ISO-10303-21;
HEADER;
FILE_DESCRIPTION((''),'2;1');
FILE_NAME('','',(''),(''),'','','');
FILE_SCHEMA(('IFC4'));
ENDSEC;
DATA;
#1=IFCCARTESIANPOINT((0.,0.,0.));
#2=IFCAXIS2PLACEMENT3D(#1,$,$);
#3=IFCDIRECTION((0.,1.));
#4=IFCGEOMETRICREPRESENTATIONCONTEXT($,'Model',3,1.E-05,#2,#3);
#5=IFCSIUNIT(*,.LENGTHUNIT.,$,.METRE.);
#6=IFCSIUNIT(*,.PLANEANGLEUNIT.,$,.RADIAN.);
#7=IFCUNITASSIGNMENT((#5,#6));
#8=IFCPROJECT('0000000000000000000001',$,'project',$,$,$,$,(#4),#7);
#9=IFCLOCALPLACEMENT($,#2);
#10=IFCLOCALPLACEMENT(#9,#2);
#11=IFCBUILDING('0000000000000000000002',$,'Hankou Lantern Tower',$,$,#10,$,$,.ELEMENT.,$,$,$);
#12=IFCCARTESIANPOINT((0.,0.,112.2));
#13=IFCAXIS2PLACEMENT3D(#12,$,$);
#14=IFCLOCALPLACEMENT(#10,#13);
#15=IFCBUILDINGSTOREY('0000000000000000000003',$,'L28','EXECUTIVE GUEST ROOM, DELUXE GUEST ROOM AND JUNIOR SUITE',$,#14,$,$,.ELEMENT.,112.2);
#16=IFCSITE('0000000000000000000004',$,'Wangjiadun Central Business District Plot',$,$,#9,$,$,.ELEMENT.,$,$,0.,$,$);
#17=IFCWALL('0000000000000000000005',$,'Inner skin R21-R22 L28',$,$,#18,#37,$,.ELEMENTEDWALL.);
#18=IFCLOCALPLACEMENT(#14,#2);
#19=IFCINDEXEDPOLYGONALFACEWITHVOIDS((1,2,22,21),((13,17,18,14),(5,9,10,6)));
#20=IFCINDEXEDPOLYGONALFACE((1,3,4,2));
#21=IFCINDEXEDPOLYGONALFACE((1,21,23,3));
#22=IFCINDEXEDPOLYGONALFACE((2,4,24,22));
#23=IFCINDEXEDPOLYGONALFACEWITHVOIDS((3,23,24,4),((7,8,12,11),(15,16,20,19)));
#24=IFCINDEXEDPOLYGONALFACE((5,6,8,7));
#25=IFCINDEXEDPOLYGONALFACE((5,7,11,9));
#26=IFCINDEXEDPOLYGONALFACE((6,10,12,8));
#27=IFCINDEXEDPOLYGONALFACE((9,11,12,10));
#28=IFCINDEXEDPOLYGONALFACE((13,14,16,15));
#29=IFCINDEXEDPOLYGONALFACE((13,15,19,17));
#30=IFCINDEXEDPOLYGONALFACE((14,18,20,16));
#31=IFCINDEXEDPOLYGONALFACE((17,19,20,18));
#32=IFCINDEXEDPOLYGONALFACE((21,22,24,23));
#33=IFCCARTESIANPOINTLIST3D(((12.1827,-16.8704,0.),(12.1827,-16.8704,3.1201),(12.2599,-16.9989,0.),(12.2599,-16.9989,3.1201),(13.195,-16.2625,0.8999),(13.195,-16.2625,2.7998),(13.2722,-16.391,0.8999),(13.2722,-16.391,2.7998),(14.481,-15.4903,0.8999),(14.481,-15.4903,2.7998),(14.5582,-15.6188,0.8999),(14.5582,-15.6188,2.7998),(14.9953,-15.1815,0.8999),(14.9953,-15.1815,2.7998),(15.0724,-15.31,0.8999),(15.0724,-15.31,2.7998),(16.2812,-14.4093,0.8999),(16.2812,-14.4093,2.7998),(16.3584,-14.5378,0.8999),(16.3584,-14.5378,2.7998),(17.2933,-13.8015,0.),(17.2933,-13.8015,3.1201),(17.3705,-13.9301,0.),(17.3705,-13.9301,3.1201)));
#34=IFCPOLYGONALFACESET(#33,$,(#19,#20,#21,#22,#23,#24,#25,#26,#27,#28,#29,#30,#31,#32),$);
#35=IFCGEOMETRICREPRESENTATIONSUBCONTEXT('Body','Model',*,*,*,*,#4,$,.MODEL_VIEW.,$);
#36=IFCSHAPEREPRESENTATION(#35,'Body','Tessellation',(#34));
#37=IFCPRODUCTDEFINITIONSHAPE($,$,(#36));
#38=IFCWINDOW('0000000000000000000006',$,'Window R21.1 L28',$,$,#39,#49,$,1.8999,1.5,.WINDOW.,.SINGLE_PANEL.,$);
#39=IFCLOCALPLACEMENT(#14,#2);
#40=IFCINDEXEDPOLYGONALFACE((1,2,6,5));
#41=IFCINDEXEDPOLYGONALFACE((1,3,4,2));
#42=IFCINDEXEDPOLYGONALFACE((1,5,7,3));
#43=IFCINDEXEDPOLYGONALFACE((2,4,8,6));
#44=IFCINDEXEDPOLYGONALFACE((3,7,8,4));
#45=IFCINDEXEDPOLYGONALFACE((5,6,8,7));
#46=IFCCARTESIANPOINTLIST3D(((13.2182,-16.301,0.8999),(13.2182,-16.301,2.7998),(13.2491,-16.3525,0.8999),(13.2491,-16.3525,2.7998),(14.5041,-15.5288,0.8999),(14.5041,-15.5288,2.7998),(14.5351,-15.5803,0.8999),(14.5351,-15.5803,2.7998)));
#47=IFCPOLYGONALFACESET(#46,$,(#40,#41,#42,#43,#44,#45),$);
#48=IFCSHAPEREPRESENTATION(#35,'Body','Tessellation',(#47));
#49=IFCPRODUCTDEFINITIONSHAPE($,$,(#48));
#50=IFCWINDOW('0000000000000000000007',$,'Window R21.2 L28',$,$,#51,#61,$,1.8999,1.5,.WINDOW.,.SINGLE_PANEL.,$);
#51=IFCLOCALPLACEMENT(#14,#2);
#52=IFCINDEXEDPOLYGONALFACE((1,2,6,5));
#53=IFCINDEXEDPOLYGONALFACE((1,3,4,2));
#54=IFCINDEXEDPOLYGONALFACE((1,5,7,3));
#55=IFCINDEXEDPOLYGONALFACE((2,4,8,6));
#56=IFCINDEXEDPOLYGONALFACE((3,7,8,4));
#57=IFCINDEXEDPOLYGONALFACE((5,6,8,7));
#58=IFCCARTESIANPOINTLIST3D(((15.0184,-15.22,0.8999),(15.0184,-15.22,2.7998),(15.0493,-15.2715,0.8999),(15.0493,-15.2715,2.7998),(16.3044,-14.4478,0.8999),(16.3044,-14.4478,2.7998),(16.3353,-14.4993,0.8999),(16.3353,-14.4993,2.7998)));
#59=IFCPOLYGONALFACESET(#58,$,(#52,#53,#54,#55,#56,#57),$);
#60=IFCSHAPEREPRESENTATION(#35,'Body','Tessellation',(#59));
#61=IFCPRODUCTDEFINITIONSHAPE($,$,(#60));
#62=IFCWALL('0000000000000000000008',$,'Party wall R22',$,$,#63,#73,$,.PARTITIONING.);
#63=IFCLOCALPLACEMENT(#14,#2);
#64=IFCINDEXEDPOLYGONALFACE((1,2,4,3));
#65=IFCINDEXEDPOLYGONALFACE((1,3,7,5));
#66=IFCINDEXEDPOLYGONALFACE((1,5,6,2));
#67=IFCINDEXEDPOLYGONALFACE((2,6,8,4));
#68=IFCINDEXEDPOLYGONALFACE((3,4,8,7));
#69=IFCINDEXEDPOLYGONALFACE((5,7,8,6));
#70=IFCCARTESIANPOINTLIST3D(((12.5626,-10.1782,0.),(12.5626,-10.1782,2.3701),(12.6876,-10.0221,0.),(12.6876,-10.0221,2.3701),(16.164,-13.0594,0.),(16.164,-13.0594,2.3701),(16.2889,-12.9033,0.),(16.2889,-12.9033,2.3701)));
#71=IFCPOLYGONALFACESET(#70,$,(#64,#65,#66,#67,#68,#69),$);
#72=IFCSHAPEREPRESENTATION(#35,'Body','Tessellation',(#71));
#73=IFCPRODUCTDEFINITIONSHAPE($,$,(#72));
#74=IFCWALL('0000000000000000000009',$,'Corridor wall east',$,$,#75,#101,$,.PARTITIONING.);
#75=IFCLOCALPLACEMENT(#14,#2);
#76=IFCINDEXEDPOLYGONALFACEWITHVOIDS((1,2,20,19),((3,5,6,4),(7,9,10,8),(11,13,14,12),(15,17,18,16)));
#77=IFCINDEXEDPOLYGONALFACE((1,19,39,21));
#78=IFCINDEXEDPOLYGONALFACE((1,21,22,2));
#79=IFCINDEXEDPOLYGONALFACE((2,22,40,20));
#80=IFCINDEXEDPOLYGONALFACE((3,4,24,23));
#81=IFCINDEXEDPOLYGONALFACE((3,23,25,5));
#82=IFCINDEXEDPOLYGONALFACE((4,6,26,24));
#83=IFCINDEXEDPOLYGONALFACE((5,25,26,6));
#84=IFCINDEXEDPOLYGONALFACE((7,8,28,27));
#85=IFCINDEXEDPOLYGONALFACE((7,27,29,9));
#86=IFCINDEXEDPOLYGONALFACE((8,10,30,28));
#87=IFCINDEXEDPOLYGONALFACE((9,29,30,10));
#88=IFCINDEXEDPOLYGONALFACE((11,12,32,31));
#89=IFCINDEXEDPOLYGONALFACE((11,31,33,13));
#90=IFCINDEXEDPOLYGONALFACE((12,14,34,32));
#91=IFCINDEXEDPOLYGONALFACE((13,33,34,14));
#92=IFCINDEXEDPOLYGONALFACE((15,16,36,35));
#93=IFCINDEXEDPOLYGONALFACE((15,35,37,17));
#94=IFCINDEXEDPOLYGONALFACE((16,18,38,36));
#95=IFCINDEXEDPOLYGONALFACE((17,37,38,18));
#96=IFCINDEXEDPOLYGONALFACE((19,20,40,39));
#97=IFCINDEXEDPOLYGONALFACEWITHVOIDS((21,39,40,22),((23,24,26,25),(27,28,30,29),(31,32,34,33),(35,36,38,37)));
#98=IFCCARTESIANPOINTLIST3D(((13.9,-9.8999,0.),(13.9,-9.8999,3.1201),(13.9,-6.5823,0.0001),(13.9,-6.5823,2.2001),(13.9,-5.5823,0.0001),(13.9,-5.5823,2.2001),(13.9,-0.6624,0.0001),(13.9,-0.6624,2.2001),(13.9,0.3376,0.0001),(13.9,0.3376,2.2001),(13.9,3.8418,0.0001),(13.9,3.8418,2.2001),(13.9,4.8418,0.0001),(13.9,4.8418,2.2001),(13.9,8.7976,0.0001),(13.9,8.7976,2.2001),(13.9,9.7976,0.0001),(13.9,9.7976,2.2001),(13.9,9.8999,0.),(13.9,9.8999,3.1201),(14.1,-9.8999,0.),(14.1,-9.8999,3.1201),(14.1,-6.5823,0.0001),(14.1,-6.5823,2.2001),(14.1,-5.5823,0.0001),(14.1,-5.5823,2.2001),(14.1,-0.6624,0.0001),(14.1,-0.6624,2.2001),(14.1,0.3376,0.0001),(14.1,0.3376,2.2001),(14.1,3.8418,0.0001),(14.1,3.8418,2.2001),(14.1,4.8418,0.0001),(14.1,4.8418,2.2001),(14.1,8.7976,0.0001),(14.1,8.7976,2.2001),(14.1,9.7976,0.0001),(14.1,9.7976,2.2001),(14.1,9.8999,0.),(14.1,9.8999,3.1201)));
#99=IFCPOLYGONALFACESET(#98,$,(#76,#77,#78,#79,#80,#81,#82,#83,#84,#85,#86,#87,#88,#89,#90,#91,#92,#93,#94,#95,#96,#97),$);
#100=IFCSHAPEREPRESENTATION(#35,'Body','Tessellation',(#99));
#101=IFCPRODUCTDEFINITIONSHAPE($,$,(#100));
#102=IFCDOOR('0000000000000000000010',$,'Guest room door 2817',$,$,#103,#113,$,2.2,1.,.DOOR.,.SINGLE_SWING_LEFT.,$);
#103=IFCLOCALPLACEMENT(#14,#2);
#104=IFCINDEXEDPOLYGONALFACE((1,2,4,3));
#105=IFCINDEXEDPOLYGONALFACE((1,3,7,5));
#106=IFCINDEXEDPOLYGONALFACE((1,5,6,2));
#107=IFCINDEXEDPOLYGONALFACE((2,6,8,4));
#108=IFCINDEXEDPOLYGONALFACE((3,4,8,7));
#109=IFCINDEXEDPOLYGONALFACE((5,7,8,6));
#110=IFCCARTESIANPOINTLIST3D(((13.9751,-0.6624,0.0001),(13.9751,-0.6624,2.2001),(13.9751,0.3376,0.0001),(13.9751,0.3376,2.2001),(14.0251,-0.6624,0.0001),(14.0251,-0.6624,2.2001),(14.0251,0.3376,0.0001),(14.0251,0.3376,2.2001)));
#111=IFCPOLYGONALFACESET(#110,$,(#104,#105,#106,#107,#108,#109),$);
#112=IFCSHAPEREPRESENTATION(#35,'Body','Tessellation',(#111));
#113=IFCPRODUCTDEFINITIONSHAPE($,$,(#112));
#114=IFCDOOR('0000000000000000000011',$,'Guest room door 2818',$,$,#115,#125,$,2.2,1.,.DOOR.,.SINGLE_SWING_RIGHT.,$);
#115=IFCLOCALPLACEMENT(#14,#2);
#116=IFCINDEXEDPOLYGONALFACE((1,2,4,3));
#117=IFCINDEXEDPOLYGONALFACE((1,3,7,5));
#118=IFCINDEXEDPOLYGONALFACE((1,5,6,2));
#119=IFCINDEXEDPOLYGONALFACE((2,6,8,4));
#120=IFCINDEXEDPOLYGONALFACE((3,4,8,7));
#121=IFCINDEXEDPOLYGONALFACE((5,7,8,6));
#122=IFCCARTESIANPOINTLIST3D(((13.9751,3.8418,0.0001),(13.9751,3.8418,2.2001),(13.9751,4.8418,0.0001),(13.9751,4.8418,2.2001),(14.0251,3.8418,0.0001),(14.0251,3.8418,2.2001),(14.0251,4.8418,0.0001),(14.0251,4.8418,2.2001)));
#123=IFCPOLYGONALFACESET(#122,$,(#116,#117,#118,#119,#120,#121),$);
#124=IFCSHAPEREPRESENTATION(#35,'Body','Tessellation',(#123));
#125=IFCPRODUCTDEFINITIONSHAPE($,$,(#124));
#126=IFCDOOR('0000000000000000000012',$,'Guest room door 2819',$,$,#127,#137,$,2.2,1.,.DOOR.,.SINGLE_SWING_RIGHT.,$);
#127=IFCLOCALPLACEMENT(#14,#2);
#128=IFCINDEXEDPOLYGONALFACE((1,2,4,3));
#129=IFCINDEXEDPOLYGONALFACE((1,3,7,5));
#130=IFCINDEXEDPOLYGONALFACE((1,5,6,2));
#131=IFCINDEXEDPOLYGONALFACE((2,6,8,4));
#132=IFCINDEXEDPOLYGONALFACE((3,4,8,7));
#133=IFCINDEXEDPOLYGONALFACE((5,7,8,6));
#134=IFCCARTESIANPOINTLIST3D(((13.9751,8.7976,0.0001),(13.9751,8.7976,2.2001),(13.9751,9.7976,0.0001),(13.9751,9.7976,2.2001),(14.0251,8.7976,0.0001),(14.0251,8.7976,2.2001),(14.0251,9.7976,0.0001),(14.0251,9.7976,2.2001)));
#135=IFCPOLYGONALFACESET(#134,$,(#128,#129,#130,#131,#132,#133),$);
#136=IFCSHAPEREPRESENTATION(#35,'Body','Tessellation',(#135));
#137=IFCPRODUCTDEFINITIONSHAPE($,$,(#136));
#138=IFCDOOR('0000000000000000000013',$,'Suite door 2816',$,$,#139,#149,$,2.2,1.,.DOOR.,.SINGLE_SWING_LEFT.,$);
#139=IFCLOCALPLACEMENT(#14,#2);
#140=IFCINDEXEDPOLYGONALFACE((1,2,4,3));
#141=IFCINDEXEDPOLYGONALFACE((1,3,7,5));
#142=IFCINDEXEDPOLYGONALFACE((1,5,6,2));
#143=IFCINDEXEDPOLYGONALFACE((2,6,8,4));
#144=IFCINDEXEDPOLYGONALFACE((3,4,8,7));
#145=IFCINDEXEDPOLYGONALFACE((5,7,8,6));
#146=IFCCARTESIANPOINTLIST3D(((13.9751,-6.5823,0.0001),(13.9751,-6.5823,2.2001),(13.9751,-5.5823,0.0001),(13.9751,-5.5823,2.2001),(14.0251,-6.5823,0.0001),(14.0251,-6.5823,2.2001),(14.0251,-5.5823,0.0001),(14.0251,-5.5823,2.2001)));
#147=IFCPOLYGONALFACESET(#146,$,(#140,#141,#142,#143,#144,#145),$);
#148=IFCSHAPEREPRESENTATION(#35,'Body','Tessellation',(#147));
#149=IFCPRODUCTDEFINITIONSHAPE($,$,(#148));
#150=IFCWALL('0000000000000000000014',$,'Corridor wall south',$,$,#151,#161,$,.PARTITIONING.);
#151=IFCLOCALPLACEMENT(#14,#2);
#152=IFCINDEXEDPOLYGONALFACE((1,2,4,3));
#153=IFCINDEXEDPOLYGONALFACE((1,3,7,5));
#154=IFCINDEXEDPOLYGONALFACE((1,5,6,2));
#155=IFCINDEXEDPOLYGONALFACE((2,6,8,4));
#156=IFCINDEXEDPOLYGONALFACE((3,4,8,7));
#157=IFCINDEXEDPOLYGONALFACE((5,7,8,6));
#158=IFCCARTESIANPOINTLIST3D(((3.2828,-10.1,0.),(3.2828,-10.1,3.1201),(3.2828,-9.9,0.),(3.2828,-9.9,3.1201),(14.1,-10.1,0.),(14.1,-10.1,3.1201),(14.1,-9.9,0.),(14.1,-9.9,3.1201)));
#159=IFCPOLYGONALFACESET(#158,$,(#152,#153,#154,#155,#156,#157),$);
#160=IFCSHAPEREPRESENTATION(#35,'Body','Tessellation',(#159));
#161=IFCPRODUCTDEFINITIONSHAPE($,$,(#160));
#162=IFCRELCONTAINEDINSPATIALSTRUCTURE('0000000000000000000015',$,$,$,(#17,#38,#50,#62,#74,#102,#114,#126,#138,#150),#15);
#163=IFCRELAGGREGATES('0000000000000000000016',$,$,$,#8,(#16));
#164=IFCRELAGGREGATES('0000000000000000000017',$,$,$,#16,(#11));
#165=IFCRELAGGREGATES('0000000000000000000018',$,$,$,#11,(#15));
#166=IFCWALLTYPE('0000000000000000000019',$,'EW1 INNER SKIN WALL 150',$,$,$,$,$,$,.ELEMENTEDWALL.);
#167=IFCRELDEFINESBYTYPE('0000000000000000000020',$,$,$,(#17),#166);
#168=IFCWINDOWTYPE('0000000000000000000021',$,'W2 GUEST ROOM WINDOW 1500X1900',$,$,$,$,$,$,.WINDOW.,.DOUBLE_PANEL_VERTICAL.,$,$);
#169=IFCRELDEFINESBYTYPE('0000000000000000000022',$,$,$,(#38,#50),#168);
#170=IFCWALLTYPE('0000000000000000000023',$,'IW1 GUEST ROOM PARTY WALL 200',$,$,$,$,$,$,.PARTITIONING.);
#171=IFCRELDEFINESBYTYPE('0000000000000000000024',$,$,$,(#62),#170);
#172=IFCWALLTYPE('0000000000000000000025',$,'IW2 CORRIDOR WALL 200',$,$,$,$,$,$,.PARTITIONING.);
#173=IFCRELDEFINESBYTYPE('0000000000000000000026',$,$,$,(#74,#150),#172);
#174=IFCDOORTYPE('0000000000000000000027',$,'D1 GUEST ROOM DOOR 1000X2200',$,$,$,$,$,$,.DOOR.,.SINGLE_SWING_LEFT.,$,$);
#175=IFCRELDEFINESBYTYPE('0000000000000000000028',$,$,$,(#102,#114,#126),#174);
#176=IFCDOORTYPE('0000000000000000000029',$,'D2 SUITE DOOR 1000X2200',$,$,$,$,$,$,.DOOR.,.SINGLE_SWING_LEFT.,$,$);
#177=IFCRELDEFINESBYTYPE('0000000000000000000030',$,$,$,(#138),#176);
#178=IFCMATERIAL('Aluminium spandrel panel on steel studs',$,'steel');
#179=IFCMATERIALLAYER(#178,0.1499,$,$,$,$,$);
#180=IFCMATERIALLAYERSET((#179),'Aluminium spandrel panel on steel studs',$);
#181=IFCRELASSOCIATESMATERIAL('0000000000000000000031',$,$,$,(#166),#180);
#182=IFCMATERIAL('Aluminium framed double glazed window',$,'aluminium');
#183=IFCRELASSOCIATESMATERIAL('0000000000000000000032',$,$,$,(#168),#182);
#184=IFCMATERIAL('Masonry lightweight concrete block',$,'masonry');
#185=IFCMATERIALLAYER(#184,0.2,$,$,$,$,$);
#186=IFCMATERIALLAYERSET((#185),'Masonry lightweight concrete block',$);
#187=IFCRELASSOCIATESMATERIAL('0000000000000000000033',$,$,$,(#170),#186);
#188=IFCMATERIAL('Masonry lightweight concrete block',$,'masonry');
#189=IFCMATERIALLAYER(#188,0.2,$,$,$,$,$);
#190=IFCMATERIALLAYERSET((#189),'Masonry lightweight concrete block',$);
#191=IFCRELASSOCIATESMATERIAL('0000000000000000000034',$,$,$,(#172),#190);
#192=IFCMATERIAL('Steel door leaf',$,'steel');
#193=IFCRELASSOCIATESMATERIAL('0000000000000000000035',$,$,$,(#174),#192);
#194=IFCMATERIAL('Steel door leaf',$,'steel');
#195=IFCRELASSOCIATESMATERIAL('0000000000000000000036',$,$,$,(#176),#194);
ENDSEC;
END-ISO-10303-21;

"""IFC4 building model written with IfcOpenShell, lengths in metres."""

from ifc_helpers import new_model, si_unit, direction, frame, frame_2d, origin, place, context, subcontext, project, spatial, rectangle, extrude, material, layer, layer_set, type_object, element, fill, save


model = new_model("IFC4")

# Units and contexts
model_context = context("Model", 3, precision=1e-05, world=origin(), true_north=direction((0.0, 1.0)))
body_context = subcontext(model_context, "Body", "Model", "MODEL_VIEW")
ifc_project = project(units=[si_unit("LENGTHUNIT", "METRE"), si_unit("PLANEANGLEUNIT", "RADIAN")], contexts=[model_context])

# Site, building, storey
site_placement = place(None, origin())
site = spatial("IfcSite", under=ifc_project, at=site_placement, Name="Wangjiadun Central Business District Plot", CompositionType="ELEMENT", RefElevation=0.0)
building_placement = place(site_placement, origin())
building = spatial("IfcBuilding", under=site, at=building_placement, Name="Hankou Lantern Tower", CompositionType="ELEMENT")
storey_placement = place(building_placement, frame((0.0, 0.0, 112.2)))
storey = spatial("IfcBuildingStorey", under=building, at=storey_placement, Name="L28", Description="EXECUTIVE GUEST ROOM, DELUXE GUEST ROOM AND JUNIOR SUITE", CompositionType="ELEMENT", Elevation=112.2)

# Wall, openings, windows
ifc_material_1 = material(Name="Aluminium spandrel panel on steel studs", Category="steel")
ifc_layer_1 = layer(ifc_material_1, 0.1499)
ifc_layer_set_1 = layer_set([ifc_layer_1], Name="Aluminium spandrel panel on steel studs")
wall_type_1 = type_object("IfcWallType", Name="EW1 INNER SKIN WALL 150", PredefinedType="ELEMENTEDWALL", material=ifc_layer_set_1)
wall_1_placement = place(storey_placement, frame((12.2214, -16.9346, 0.0), z_axis=(0.0, 0.0, 1.0), x_axis=(0.857309, 0.514803, 0.0)))
wall_1 = element("IfcWall", 1, at=wall_1_placement, inside=storey, type_object=wall_type_1, Name="Inner skin R21-R22 L28", PredefinedType="ELEMENTEDWALL", context=body_context, shape_type="SweptSolid", body=[
    extrude(rectangle(XDim=5.9612, YDim=0.1499, at=frame_2d((2.9805, 0.0))), origin(), (0.0, 0.0, 1.0), 3.1201),
])
opening_1_placement = place(wall_1_placement, frame((1.1807, 0.0, 0.8999)))
opening_1 = element("IfcOpeningElement", 2, at=opening_1_placement, cuts=wall_1, PredefinedType="OPENING", context=body_context, shape_type="SweptSolid", body=[
    extrude(rectangle(XDim=1.5, YDim=1.8999, at=frame_2d((0.75, 0.95))), frame((0.0, 0.085, 0.0), z_axis=(0.0, -1.0, 0.0), x_axis=(1.0, 0.0, 0.0)), (0.0, 0.0, 1.0), 0.1699),
])
opening_2_placement = place(wall_1_placement, frame((3.2805, 0.0, 0.8999)))
opening_2 = element("IfcOpeningElement", 3, at=opening_2_placement, cuts=wall_1, PredefinedType="OPENING", context=body_context, shape_type="SweptSolid", body=[
    extrude(rectangle(XDim=1.5, YDim=1.8999, at=frame_2d((0.75, 0.95))), frame((0.0, 0.085, 0.0), z_axis=(0.0, -1.0, 0.0), x_axis=(1.0, 0.0, 0.0)), (0.0, 0.0, 1.0), 0.1699),
])
ifc_material_2 = material(Name="Aluminium framed double glazed window", Category="aluminium")
window_type = type_object("IfcWindowType", Name="W2 GUEST ROOM WINDOW 1500X1900", PartitioningType="DOUBLE_PANEL_VERTICAL", PredefinedType="WINDOW", material=ifc_material_2)
window_1_placement = place(opening_1_placement, origin())
window_1 = element("IfcWindow", 4, at=window_1_placement, inside=storey, type_object=window_type, Name="Window R21.1 L28", OverallHeight=1.8999, OverallWidth=1.5, PartitioningType="SINGLE_PANEL", PredefinedType="WINDOW", context=body_context, shape_type="SweptSolid", body=[
    extrude(rectangle(XDim=1.5, YDim=1.8999, at=frame_2d((0.75, 0.95))), frame((0.0, 0.03, 0.0), z_axis=(0.0, -1.0, 0.0), x_axis=(1.0, 0.0, 0.0)), (0.0, 0.0, 1.0), 0.0601),
])
fill(opening_1, window_1)
window_2_placement = place(opening_2_placement, origin())
window_2 = element("IfcWindow", 5, at=window_2_placement, inside=storey, type_object=window_type, Name="Window R21.2 L28", OverallHeight=1.8999, OverallWidth=1.5, PartitioningType="SINGLE_PANEL", PredefinedType="WINDOW", context=body_context, shape_type="SweptSolid", body=[
    extrude(rectangle(XDim=1.5, YDim=1.8999, at=frame_2d((0.75, 0.95))), frame((0.0, 0.03, 0.0), z_axis=(0.0, -1.0, 0.0), x_axis=(1.0, 0.0, 0.0)), (0.0, 0.0, 1.0), 0.0601),
])
fill(opening_2, window_2)

# Wall
ifc_material_3 = material(Name="Masonry lightweight concrete block", Category="masonry")
ifc_layer_2 = layer(ifc_material_3, 0.2)
ifc_layer_set_2 = layer_set([ifc_layer_2], Name="Masonry lightweight concrete block")
wall_type_2 = type_object("IfcWallType", Name="IW1 GUEST ROOM PARTY WALL 200", PredefinedType="PARTITIONING", material=ifc_layer_set_2)
wall_2_placement = place(storey_placement, frame((12.625, -10.1001, 0.0), z_axis=(0.0, 0.0, 1.0), x_axis=(0.780864, -0.624702, 0.0)))
element("IfcWall", 6, at=wall_2_placement, inside=storey, type_object=wall_type_2, Name="Party wall R22", PredefinedType="PARTITIONING", context=body_context, shape_type="SweptSolid", body=[
    extrude(rectangle(XDim=4.6121, YDim=0.2, at=frame_2d((2.3062, 0.0))), origin(), (0.0, 0.0, 1.0), 2.3701),
])

# Wall, openings, doors
ifc_material_4 = material(Name="Masonry lightweight concrete block", Category="masonry")
ifc_layer_3 = layer(ifc_material_4, 0.2)
ifc_layer_set_3 = layer_set([ifc_layer_3], Name="Masonry lightweight concrete block")
wall_type_3 = type_object("IfcWallType", Name="IW2 CORRIDOR WALL 200", PredefinedType="PARTITIONING", material=ifc_layer_set_3)
wall_3_placement = place(storey_placement, frame((14.0, -9.8999, 0.0), z_axis=(0.0, 0.0, 1.0), x_axis=(0.0, 1.0, 0.0)))
wall_3 = element("IfcWall", 7, at=wall_3_placement, inside=storey, type_object=wall_type_3, Name="Corridor wall east", PredefinedType="PARTITIONING", context=body_context, shape_type="SweptSolid", body=[
    extrude(rectangle(XDim=19.7998, YDim=0.2, at=frame_2d((9.8999, 0.0))), origin(), (0.0, 0.0, 1.0), 3.1201),
])
opening_3_placement = place(wall_3_placement, frame((3.3176, 0.0, 0.0)))
opening_3 = element("IfcOpeningElement", 8, at=opening_3_placement, cuts=wall_3, PredefinedType="OPENING", context=body_context, shape_type="SweptSolid", body=[
    extrude(rectangle(XDim=1.0, YDim=2.2, at=frame_2d((0.5, 1.1001))), frame((0.0, 0.1099, 0.0), z_axis=(0.0, -1.0, 0.0), x_axis=(1.0, 0.0, 0.0)), (0.0, 0.0, 1.0), 0.22),
])
opening_4_placement = place(wall_3_placement, frame((9.2375, 0.0, 0.0)))
opening_4 = element("IfcOpeningElement", 9, at=opening_4_placement, cuts=wall_3, PredefinedType="OPENING", context=body_context, shape_type="SweptSolid", body=[
    extrude(rectangle(XDim=1.0, YDim=2.2, at=frame_2d((0.5, 1.1001))), frame((0.0, 0.1099, 0.0), z_axis=(0.0, -1.0, 0.0), x_axis=(1.0, 0.0, 0.0)), (0.0, 0.0, 1.0), 0.22),
])
opening_5_placement = place(wall_3_placement, frame((13.7417, 0.0, 0.0)))
opening_5 = element("IfcOpeningElement", 10, at=opening_5_placement, cuts=wall_3, PredefinedType="OPENING", context=body_context, shape_type="SweptSolid", body=[
    extrude(rectangle(XDim=1.0, YDim=2.2, at=frame_2d((0.5, 1.1001))), frame((0.0, 0.1099, 0.0), z_axis=(0.0, -1.0, 0.0), x_axis=(1.0, 0.0, 0.0)), (0.0, 0.0, 1.0), 0.22),
])
opening_6_placement = place(wall_3_placement, frame((18.6975, 0.0, 0.0)))
opening_6 = element("IfcOpeningElement", 11, at=opening_6_placement, cuts=wall_3, PredefinedType="OPENING", context=body_context, shape_type="SweptSolid", body=[
    extrude(rectangle(XDim=1.0, YDim=2.2, at=frame_2d((0.5, 1.1001))), frame((0.0, 0.1099, 0.0), z_axis=(0.0, -1.0, 0.0), x_axis=(1.0, 0.0, 0.0)), (0.0, 0.0, 1.0), 0.22),
])
ifc_material_5 = material(Name="Steel door leaf", Category="steel")
door_type_1 = type_object("IfcDoorType", Name="D1 GUEST ROOM DOOR 1000X2200", OperationType="SINGLE_SWING_LEFT", PredefinedType="DOOR", material=ifc_material_5)
door_1_placement = place(opening_4_placement, origin())
door_1 = element("IfcDoor", 12, at=door_1_placement, inside=storey, type_object=door_type_1, Name="Guest room door 2817", OperationType="SINGLE_SWING_LEFT", OverallHeight=2.2, OverallWidth=1.0, PredefinedType="DOOR", context=body_context, shape_type="SweptSolid", body=[
    extrude(rectangle(XDim=1.0, YDim=2.2, at=frame_2d((0.5, 1.1001))), frame((0.0, 0.0249, 0.0), z_axis=(0.0, -1.0, 0.0), x_axis=(1.0, 0.0, 0.0)), (0.0, 0.0, 1.0), 0.05),
])
fill(opening_4, door_1)
door_2_placement = place(opening_5_placement, origin())
door_2 = element("IfcDoor", 13, at=door_2_placement, inside=storey, type_object=door_type_1, Name="Guest room door 2818", OperationType="SINGLE_SWING_RIGHT", OverallHeight=2.2, OverallWidth=1.0, PredefinedType="DOOR", context=body_context, shape_type="SweptSolid", body=[
    extrude(rectangle(XDim=1.0, YDim=2.2, at=frame_2d((0.5, 1.1001))), frame((0.0, 0.0249, 0.0), z_axis=(0.0, -1.0, 0.0), x_axis=(1.0, 0.0, 0.0)), (0.0, 0.0, 1.0), 0.05),
])
fill(opening_5, door_2)
door_3_placement = place(opening_6_placement, origin())
door_3 = element("IfcDoor", 14, at=door_3_placement, inside=storey, type_object=door_type_1, Name="Guest room door 2819", OperationType="SINGLE_SWING_RIGHT", OverallHeight=2.2, OverallWidth=1.0, PredefinedType="DOOR", context=body_context, shape_type="SweptSolid", body=[
    extrude(rectangle(XDim=1.0, YDim=2.2, at=frame_2d((0.5, 1.1001))), frame((0.0, 0.0249, 0.0), z_axis=(0.0, -1.0, 0.0), x_axis=(1.0, 0.0, 0.0)), (0.0, 0.0, 1.0), 0.05),
])
fill(opening_6, door_3)
ifc_material_6 = material(Name="Steel door leaf", Category="steel")
door_type_2 = type_object("IfcDoorType", Name="D2 SUITE DOOR 1000X2200", OperationType="SINGLE_SWING_LEFT", PredefinedType="DOOR", material=ifc_material_6)
door_4_placement = place(opening_3_placement, origin())
door_4 = element("IfcDoor", 15, at=door_4_placement, inside=storey, type_object=door_type_2, Name="Suite door 2816", OperationType="SINGLE_SWING_LEFT", OverallHeight=2.2, OverallWidth=1.0, PredefinedType="DOOR", context=body_context, shape_type="SweptSolid", body=[
    extrude(rectangle(XDim=1.0, YDim=2.2, at=frame_2d((0.5, 1.1001))), frame((0.0, 0.0249, 0.0), z_axis=(0.0, -1.0, 0.0), x_axis=(1.0, 0.0, 0.0)), (0.0, 0.0, 1.0), 0.05),
])
fill(opening_3, door_4)

# Wall
wall_4_placement = place(storey_placement, frame((14.1001, -10.0, 0.0), z_axis=(0.0, 0.0, 1.0), x_axis=(-1.0, 0.0, 0.0)))
element("IfcWall", 16, at=wall_4_placement, inside=storey, type_object=wall_type_3, Name="Corridor wall south", PredefinedType="PARTITIONING", context=body_context, shape_type="SweptSolid", body=[
    extrude(rectangle(XDim=10.8171, YDim=0.2, at=frame_2d((5.4087, 0.0))), origin(), (0.0, 0.0, 1.0), 3.1201),
])

save(model, "model.ifc")
